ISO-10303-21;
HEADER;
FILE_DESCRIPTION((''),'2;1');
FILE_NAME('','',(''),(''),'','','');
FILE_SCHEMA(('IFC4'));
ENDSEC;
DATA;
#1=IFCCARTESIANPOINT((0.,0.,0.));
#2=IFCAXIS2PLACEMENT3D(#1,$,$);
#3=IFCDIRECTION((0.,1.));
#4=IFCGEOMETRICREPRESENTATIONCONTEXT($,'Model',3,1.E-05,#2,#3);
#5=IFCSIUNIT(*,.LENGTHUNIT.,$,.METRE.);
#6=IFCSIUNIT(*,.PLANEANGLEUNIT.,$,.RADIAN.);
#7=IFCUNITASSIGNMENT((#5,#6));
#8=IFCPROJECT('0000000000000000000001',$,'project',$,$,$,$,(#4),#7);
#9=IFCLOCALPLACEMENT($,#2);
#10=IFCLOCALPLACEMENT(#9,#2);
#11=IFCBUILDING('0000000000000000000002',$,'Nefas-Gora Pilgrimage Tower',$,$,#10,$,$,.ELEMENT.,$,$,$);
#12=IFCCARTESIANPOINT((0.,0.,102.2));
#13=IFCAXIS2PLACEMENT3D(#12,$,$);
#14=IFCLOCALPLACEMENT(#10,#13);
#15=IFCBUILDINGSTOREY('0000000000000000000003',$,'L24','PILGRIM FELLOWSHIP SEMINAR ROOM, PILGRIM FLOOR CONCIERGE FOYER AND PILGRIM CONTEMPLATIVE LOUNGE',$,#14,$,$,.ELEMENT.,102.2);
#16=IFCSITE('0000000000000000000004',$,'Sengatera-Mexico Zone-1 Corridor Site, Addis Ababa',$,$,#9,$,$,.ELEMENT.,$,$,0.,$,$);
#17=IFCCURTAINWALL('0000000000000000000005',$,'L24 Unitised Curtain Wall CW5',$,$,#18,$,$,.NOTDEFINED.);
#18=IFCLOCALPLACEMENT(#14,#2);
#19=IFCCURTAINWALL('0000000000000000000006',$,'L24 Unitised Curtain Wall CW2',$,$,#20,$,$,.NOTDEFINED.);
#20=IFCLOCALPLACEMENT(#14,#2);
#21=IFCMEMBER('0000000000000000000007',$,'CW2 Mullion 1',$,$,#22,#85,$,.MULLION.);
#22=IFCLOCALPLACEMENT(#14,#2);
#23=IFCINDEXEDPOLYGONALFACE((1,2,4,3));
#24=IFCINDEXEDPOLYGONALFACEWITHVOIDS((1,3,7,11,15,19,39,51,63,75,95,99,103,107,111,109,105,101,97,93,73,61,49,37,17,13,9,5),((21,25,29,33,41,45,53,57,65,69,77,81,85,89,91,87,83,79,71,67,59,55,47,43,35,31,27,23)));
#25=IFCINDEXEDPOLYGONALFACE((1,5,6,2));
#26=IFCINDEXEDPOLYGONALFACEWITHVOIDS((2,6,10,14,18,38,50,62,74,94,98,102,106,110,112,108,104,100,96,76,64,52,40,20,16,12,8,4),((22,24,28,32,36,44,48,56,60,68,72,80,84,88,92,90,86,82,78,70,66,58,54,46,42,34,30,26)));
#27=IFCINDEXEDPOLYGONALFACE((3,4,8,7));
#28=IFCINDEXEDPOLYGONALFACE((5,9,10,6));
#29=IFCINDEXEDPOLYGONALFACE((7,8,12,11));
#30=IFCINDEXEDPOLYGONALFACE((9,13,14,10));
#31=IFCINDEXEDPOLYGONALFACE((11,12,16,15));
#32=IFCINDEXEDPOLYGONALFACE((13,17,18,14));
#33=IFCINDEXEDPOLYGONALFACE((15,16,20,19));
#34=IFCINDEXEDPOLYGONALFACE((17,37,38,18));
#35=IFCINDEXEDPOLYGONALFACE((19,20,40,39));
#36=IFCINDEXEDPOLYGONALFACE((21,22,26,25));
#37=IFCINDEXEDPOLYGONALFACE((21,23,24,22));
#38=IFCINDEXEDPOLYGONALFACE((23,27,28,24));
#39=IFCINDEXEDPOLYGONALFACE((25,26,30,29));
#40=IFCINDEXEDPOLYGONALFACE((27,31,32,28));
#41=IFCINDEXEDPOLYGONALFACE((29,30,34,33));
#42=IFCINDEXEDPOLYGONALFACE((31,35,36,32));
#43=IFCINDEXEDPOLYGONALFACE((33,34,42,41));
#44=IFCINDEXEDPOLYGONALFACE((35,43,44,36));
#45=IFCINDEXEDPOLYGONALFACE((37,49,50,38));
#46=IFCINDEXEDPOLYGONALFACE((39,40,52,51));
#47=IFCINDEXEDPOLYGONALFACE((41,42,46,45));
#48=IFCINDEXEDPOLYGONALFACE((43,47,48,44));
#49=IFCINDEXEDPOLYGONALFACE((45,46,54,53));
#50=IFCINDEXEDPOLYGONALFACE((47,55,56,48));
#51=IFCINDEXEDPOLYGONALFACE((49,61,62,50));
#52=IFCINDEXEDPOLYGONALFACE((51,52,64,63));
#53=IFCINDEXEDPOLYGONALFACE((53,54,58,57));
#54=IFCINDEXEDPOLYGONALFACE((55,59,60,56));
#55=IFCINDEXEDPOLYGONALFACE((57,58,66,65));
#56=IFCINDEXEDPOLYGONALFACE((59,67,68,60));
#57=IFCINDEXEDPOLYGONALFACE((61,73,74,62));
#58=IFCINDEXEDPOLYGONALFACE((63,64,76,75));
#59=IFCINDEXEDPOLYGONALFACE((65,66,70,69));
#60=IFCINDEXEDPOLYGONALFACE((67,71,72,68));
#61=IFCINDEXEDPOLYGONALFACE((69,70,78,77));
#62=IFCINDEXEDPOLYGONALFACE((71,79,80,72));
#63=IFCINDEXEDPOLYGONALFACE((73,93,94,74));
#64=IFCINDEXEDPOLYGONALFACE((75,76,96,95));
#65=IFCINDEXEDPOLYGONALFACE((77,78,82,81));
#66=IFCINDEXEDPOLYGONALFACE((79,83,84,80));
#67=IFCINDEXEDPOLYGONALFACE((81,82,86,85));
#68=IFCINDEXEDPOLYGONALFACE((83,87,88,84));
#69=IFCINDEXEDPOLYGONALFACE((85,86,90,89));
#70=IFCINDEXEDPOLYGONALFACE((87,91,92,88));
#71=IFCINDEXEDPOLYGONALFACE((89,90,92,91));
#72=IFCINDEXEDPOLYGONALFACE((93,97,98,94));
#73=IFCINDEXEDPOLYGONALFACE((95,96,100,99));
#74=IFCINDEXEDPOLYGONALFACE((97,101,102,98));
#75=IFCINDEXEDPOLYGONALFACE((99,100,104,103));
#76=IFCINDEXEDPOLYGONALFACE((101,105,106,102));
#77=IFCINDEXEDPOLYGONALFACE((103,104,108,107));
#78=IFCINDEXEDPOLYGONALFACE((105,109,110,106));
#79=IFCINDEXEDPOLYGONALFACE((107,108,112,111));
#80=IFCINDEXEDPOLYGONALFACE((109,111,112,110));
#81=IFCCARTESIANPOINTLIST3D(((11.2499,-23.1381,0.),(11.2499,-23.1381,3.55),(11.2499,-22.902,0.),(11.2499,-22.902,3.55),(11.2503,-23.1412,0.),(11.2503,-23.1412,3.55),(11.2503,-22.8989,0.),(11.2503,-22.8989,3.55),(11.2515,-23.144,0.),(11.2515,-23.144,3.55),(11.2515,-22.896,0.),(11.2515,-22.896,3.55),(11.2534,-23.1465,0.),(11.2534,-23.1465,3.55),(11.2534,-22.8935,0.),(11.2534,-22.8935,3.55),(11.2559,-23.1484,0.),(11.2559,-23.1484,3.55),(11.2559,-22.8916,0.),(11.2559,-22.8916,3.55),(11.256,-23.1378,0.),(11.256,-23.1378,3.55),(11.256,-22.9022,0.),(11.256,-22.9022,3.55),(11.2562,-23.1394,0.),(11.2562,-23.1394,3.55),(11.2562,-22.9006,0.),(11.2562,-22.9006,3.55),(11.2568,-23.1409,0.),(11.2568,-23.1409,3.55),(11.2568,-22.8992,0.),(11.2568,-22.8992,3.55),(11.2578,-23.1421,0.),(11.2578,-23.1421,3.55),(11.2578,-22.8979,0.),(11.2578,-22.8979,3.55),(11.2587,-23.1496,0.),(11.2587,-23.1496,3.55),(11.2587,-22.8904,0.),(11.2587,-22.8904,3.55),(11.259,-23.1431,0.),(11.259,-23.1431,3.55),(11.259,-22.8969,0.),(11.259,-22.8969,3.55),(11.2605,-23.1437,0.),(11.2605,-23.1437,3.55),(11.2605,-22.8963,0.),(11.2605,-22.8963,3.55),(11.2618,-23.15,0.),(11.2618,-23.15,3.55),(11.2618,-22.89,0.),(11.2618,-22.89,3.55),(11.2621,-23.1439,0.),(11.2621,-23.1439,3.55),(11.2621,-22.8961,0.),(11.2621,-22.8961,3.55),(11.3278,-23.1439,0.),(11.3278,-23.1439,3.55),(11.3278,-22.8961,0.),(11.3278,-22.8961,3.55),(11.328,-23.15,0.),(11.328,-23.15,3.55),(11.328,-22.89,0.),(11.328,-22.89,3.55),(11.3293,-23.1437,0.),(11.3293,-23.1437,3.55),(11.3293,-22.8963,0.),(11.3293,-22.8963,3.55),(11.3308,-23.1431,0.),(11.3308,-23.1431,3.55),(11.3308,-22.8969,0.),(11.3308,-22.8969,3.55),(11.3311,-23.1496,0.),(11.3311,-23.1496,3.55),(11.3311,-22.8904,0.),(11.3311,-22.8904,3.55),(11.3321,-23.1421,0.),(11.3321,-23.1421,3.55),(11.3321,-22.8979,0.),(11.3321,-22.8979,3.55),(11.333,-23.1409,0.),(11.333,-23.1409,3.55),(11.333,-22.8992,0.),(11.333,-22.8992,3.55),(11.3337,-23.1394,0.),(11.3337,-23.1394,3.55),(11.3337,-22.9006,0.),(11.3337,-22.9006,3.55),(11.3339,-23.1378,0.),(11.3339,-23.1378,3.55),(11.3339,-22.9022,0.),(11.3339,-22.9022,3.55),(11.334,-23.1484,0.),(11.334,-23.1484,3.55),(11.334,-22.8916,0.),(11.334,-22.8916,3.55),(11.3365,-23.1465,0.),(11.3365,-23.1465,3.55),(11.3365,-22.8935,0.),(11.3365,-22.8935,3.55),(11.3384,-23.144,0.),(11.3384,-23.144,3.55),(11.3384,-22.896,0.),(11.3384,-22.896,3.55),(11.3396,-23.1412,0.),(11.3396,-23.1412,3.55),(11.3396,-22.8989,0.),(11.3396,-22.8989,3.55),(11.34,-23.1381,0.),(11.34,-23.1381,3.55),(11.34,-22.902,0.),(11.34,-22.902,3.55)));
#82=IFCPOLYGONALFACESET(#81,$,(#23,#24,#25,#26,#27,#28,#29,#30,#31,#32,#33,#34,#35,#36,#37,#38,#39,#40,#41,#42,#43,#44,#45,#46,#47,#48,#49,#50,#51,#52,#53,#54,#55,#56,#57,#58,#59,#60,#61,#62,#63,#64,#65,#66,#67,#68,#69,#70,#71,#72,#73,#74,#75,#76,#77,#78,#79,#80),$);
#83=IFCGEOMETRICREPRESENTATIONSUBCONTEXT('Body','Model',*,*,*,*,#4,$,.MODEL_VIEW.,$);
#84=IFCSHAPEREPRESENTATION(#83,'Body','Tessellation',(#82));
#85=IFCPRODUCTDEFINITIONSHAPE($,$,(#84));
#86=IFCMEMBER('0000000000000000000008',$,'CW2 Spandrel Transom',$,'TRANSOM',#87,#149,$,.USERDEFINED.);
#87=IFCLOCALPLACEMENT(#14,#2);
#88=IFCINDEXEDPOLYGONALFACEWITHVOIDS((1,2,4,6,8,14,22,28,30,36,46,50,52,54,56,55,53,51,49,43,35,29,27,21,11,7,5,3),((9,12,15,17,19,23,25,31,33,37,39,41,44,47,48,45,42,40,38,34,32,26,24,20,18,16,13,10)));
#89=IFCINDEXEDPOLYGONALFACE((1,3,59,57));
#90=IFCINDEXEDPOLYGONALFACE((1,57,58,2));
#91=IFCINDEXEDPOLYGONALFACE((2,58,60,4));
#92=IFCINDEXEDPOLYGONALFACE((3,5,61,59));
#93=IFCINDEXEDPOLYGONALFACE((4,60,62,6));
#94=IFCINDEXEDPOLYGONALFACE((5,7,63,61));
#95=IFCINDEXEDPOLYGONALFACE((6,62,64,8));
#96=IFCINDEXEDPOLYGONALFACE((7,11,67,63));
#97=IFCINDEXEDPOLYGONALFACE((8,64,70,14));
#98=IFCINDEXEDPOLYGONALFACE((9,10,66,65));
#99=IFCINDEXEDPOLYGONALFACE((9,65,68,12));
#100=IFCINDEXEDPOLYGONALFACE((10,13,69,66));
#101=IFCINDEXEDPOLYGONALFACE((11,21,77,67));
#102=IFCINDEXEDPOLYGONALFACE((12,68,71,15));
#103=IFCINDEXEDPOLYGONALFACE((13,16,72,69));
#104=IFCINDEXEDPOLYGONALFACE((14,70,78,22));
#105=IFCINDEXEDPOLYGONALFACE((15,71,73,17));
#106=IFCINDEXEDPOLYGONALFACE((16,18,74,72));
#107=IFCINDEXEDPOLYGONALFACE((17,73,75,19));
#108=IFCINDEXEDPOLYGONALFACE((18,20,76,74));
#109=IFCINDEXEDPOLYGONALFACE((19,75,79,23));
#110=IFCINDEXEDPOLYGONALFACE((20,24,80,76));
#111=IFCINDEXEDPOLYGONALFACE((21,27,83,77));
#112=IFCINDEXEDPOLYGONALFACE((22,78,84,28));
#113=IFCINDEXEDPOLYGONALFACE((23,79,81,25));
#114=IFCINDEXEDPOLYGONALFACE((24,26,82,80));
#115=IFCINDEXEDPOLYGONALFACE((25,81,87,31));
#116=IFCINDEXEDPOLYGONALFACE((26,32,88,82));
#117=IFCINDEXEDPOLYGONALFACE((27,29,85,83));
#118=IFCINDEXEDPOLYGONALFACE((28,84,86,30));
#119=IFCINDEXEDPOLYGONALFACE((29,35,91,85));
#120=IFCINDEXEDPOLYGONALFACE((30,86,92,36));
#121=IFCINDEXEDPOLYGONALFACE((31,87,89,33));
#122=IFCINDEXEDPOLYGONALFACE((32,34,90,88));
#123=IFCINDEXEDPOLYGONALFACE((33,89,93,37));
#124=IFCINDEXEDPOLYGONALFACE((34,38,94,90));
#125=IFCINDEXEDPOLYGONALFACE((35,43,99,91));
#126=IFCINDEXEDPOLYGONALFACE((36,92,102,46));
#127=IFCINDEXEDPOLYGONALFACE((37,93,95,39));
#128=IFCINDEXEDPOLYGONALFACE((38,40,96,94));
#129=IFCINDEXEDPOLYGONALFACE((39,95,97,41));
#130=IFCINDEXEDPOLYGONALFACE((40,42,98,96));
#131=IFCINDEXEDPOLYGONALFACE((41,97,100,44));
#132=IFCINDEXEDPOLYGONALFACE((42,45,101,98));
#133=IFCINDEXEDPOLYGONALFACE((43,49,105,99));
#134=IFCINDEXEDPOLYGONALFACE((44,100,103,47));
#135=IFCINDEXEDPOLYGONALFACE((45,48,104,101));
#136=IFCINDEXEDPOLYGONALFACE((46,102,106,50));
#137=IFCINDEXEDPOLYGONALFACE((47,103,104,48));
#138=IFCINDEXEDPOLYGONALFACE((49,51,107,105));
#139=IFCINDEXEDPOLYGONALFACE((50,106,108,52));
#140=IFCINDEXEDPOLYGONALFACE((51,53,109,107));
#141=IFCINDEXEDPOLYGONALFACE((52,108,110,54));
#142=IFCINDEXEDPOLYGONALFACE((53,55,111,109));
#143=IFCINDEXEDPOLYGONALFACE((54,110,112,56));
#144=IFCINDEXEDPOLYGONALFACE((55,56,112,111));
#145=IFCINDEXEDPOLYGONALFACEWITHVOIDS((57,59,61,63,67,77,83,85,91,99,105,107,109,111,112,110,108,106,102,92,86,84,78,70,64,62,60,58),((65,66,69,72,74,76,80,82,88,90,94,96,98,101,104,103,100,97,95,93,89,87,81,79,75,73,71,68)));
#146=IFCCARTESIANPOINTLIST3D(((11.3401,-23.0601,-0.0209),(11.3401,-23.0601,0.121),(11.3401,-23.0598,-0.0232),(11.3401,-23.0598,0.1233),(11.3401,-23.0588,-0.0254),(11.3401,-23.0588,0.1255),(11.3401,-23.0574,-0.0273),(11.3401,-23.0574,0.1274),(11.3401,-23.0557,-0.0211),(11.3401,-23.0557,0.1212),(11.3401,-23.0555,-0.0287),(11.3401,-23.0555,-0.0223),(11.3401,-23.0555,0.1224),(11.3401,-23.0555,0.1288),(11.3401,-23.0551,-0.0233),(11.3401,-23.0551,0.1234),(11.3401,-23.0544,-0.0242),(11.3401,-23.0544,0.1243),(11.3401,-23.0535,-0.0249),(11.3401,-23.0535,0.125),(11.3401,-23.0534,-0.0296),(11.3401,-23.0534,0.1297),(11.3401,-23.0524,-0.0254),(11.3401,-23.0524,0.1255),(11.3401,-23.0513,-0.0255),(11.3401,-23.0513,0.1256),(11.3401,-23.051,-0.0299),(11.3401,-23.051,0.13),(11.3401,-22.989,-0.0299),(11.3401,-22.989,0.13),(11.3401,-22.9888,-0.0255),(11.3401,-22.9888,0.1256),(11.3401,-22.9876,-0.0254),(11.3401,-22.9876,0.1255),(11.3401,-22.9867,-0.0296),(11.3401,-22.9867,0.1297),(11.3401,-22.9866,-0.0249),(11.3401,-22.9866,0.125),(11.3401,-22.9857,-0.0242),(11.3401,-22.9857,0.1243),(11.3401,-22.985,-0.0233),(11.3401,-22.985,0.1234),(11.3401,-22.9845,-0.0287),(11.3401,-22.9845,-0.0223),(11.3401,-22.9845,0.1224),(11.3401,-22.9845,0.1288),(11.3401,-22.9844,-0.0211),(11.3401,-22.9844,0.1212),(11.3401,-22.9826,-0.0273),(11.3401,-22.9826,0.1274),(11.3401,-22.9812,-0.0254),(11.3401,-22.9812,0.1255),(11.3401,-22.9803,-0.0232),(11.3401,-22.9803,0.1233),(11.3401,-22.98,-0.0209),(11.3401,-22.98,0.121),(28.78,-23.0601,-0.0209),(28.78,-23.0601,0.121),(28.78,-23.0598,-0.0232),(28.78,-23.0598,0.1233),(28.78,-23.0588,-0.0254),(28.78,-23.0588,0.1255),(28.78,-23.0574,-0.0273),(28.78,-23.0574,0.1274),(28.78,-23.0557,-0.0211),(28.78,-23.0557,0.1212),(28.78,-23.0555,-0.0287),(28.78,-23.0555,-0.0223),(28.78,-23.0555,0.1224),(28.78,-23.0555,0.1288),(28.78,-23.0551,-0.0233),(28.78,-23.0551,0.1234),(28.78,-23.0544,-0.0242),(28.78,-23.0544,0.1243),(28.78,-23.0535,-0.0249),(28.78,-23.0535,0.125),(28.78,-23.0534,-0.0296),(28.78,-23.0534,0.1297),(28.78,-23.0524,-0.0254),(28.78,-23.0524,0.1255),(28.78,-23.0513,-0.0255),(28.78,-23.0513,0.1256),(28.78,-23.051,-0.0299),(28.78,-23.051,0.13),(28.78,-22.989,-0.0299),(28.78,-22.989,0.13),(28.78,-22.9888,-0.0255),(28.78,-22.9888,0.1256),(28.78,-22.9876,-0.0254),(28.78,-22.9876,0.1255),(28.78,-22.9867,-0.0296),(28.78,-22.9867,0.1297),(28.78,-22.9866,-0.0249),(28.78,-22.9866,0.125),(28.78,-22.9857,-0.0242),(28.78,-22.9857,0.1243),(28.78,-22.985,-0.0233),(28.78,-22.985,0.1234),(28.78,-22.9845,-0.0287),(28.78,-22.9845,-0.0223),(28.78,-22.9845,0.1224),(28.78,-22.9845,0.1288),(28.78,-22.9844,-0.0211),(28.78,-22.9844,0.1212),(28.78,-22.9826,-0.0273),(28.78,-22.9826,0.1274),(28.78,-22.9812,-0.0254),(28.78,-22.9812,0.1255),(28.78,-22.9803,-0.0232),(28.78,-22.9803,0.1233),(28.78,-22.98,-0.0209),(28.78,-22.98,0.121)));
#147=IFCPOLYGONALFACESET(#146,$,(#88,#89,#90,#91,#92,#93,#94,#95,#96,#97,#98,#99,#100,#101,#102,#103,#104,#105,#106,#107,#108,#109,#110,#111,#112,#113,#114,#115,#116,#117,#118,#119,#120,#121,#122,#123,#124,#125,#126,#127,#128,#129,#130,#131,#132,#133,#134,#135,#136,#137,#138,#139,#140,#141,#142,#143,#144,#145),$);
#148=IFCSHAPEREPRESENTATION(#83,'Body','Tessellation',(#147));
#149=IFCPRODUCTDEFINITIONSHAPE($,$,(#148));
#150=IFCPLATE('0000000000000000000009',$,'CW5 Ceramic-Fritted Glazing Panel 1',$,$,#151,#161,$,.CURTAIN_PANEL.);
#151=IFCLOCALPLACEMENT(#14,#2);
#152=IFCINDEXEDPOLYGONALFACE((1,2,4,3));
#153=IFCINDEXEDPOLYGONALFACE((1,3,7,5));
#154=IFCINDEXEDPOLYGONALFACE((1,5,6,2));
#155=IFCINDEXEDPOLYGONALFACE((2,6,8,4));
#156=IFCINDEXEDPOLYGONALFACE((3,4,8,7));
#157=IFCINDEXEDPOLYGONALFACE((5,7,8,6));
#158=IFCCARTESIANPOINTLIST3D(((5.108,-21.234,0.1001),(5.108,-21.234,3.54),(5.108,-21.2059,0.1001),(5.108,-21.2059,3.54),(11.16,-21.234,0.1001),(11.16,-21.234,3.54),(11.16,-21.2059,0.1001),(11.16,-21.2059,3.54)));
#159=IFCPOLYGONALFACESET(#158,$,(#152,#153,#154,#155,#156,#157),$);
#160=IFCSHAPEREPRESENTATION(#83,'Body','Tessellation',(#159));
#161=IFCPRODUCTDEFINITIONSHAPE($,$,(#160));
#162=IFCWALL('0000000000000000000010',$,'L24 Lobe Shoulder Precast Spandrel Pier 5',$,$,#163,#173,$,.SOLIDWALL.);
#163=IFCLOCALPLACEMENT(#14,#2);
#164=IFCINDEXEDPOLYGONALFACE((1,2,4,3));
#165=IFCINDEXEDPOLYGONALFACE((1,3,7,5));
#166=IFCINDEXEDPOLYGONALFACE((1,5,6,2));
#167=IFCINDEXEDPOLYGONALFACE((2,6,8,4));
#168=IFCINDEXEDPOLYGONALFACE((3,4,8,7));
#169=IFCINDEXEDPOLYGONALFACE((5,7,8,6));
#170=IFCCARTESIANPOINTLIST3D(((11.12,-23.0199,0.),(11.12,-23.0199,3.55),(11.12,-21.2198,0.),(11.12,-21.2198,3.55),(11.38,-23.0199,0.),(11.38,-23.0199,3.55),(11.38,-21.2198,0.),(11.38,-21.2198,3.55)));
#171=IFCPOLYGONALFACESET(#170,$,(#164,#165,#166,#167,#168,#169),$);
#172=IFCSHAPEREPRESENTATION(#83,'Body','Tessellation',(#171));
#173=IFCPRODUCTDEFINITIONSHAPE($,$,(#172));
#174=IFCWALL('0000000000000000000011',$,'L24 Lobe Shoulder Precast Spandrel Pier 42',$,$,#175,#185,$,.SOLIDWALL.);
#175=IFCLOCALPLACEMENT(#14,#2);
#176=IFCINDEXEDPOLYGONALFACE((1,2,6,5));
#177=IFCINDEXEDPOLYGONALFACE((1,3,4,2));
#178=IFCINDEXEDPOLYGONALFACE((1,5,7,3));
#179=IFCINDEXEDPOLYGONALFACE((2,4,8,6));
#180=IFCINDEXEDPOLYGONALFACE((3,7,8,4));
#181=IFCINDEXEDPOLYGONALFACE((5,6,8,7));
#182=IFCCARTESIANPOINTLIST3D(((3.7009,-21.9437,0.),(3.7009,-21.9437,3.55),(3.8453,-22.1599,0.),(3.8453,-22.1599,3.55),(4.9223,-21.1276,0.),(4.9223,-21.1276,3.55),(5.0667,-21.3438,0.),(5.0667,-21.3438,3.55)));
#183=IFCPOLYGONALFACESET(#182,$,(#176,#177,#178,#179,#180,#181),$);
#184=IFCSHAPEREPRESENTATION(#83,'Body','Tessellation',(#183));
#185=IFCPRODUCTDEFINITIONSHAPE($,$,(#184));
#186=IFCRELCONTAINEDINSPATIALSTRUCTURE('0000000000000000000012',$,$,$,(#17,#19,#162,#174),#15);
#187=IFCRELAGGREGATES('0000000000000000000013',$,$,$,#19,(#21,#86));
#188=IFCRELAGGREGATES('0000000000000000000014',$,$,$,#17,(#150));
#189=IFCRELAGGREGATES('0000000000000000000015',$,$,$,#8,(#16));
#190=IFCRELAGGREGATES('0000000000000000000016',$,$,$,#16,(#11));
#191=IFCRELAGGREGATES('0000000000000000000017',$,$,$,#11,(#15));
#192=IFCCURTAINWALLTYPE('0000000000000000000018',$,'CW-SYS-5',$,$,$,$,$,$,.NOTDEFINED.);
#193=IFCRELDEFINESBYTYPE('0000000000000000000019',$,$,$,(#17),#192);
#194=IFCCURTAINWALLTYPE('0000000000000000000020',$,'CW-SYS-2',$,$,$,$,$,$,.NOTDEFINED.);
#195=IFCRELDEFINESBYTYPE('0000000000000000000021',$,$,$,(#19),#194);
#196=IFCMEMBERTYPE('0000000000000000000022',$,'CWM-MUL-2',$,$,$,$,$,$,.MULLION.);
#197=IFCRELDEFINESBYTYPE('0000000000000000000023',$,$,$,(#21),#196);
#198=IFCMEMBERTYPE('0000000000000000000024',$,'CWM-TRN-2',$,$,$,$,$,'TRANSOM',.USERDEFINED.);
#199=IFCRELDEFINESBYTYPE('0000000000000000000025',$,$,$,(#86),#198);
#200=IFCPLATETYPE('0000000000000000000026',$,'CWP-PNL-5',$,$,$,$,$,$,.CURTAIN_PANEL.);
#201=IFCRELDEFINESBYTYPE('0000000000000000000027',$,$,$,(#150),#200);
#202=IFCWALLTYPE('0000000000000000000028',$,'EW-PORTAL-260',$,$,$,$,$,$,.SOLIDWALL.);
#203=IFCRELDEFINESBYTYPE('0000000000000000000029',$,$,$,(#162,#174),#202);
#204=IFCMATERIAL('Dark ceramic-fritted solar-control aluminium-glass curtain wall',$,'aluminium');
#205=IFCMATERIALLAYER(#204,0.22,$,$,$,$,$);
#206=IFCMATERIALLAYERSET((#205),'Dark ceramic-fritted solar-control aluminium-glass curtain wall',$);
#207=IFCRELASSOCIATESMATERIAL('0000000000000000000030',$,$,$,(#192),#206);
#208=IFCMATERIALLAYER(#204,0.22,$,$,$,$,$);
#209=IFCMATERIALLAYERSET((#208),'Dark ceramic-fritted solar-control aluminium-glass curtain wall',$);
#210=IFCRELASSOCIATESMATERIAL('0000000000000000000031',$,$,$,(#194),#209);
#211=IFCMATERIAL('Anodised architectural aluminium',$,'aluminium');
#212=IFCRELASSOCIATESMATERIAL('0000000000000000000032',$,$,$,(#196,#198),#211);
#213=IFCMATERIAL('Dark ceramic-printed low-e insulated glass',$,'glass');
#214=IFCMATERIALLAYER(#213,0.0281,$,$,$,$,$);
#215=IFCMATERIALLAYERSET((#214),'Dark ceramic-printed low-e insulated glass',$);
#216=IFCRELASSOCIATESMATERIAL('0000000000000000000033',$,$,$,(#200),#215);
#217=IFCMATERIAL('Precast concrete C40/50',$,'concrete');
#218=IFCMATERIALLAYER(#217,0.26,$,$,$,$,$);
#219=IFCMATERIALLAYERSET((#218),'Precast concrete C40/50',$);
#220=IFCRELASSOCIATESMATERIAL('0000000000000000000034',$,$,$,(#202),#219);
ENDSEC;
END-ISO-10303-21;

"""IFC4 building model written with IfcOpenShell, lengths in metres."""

from ifc_helpers import new_model, si_unit, direction, frame, frame_2d, origin, origin_2d, place, context, subcontext, project, spatial, rectangle, hollow_rectangle, extrude, source, transform, mapped, material, layer, layer_set, material_profile, profile_set, type_object, element, aggregate, save


model = new_model("IFC4")

# Units and contexts
model_context = context("Model", 3, precision=1e-05, world=origin(), true_north=direction((0.0, 1.0)))
body_context = subcontext(model_context, "Body", "Model", "MODEL_VIEW")
ifc_project = project(units=[si_unit("LENGTHUNIT", "METRE"), si_unit("PLANEANGLEUNIT", "RADIAN")], contexts=[model_context])

# Site, building, storey
site_placement = place(None, origin())
site = spatial("IfcSite", under=ifc_project, at=site_placement, Name="Sengatera-Mexico Zone-1 Corridor Site, Addis Ababa", CompositionType="ELEMENT", RefElevation=0.0)
building_placement = place(site_placement, origin())
building = spatial("IfcBuilding", under=site, at=building_placement, Name="Nefas-Gora Pilgrimage Tower", CompositionType="ELEMENT")
storey_placement = place(building_placement, frame((0.0, 0.0, 102.2)))
storey = spatial("IfcBuildingStorey", under=building, at=storey_placement, Name="L24", Description="PILGRIM FELLOWSHIP SEMINAR ROOM, PILGRIM FLOOR CONCIERGE FOYER AND PILGRIM CONTEMPLATIVE LOUNGE", CompositionType="ELEMENT", Elevation=102.2)

# Curtain wall
ifc_material_1 = material(Name="Dark ceramic-fritted solar-control aluminium-glass curtain wall", Category="aluminium")
ifc_layer_1 = layer(ifc_material_1, 0.22)
ifc_layer_set_1 = layer_set([ifc_layer_1], Name="Dark ceramic-fritted solar-control aluminium-glass curtain wall")
curtain_wall_type_1 = type_object("IfcCurtainWallType", Name="CW-SYS-5", PredefinedType="NOTDEFINED", material=ifc_layer_set_1)
curtain_wall_1_placement = place(storey_placement, origin())
curtain_wall_1 = element("IfcCurtainWall", 1, at=curtain_wall_1_placement, inside=storey, type_object=curtain_wall_type_1, Name="L24 Unitised Curtain Wall CW5", PredefinedType="NOTDEFINED")
ifc_material_2 = material(Name="Anodised architectural aluminium", Category="aluminium")

# Curtain wall, members
ifc_layer_2 = layer(ifc_material_1, 0.22)
ifc_layer_set_2 = layer_set([ifc_layer_2], Name="Dark ceramic-fritted solar-control aluminium-glass curtain wall")
curtain_wall_type_2 = type_object("IfcCurtainWallType", Name="CW-SYS-2", PredefinedType="NOTDEFINED", material=ifc_layer_set_2)
curtain_wall_2_placement = place(storey_placement, origin())
curtain_wall_2 = element("IfcCurtainWall", 2, at=curtain_wall_2_placement, inside=storey, type_object=curtain_wall_type_2, Name="L24 Unitised Curtain Wall CW2", PredefinedType="NOTDEFINED")
ifc_material_profile_1 = material_profile(ifc_material_2, hollow_rectangle(XDim=0.0901, YDim=0.26, WallThickness=0.0061, InnerFilletRadius=0.0061, OuterFilletRadius=0.012, at=origin_2d()), Name="ALU MULLION 90x260")
ifc_profile_set_1 = profile_set([ifc_material_profile_1], Name="Anodised architectural aluminium")
member_type_1 = type_object("IfcMemberType", Name="CWM-MUL-2", PredefinedType="MULLION", material=ifc_profile_set_1)
shared_shape_1 = source(origin(), body_context, "Body", "SweptSolid", [
    extrude(hollow_rectangle(XDim=0.0901, YDim=0.26, WallThickness=0.0061, InnerFilletRadius=0.0061, OuterFilletRadius=0.012, at=origin_2d()), origin(), (0.0, 0.0, 1.0), 3.55),
])
member_1_placement = place(storey_placement, frame((11.2949, -23.02, 0.0), z_axis=(0.0, 0.0, 1.0), x_axis=(1.0, 0.0, 0.0)))
member_1 = element("IfcMember", 3, at=member_1_placement, type_object=member_type_1, Name="CW2 Mullion 1", PredefinedType="MULLION", context=body_context, shape_type="MappedRepresentation", body=[
    mapped(shared_shape_1, transform((0.0, 0.0, 0.0), x_axis=(1.0, 0.0, 0.0), y_axis=(0.0, 1.0, 0.0), z_axis=(0.0, 0.0, 1.0), scale=1.0)),
])
ifc_material_profile_2 = material_profile(ifc_material_2, hollow_rectangle(XDim=0.0801, YDim=0.1599, WallThickness=0.0044, InnerFilletRadius=0.0044, OuterFilletRadius=0.009, at=origin_2d()), Name="ALU TRANSOM 80x160")
ifc_profile_set_2 = profile_set([ifc_material_profile_2], Name="Anodised architectural aluminium")
member_type_2 = type_object("IfcMemberType", Name="CWM-TRN-2", ElementType="TRANSOM", PredefinedType="USERDEFINED", material=ifc_profile_set_2)
shared_shape_2 = source(origin(), body_context, "Body", "SweptSolid", [
    extrude(hollow_rectangle(XDim=0.0801, YDim=0.1599, WallThickness=0.0044, InnerFilletRadius=0.0044, OuterFilletRadius=0.009, at=origin_2d()), origin(), (0.0, 0.0, 1.0), 17.4399),
])
member_2_placement = place(storey_placement, frame((11.3401, -23.02, 0.05), z_axis=(1.0, 0.0, 0.0), x_axis=(0.0, 1.0, 0.0)))
member_2 = element("IfcMember", 4, at=member_2_placement, type_object=member_type_2, Name="CW2 Spandrel Transom", ObjectType="TRANSOM", PredefinedType="USERDEFINED", context=body_context, shape_type="MappedRepresentation", body=[
    mapped(shared_shape_2, transform((0.0, 0.0, 0.0), x_axis=(1.0, 0.0, 0.0), y_axis=(0.0, 1.0, 0.0), z_axis=(0.0, 0.0, 1.0), scale=1.0)),
])
aggregate(curtain_wall_2, [member_1, member_2])

# Plate
ifc_material_3 = material(Name="Dark ceramic-printed low-e insulated glass", Category="glass")
ifc_layer_3 = layer(ifc_material_3, 0.0281)
ifc_layer_set_3 = layer_set([ifc_layer_3], Name="Dark ceramic-printed low-e insulated glass")
plate_type = type_object("IfcPlateType", Name="CWP-PNL-5", PredefinedType="CURTAIN_PANEL", material=ifc_layer_set_3)
shared_shape_3 = source(origin(), body_context, "Body", "SweptSolid", [
    extrude(rectangle(XDim=6.052, YDim=0.0281, at=origin_2d()), origin(), (0.0, 0.0, 1.0), 3.4399),
])
plate_placement = place(storey_placement, frame((8.134, -21.22, 0.1001), z_axis=(0.0, 0.0, 1.0), x_axis=(1.0, 0.0, 0.0)))
plate = element("IfcPlate", 5, at=plate_placement, type_object=plate_type, Name="CW5 Ceramic-Fritted Glazing Panel 1", PredefinedType="CURTAIN_PANEL", context=body_context, shape_type="MappedRepresentation", body=[
    mapped(shared_shape_3, transform((0.0, 0.0, 0.0), x_axis=(1.0, 0.0, 0.0), y_axis=(0.0, 1.0, 0.0), z_axis=(0.0, 0.0, 1.0), scale=1.0)),
])
aggregate(curtain_wall_1, [plate])

# Walls
ifc_material_4 = material(Name="Precast concrete C40/50", Category="concrete")
ifc_layer_4 = layer(ifc_material_4, 0.26)
ifc_layer_set_4 = layer_set([ifc_layer_4], Name="Precast concrete C40/50")
wall_type_1 = type_object("IfcWallType", Name="EW-PORTAL-260", PredefinedType="SOLIDWALL", material=ifc_layer_set_4)
shared_shape_4 = source(origin(), body_context, "Body", "SweptSolid", [
    extrude(rectangle(XDim=1.8, YDim=0.26, at=frame_2d((0.8999, 0.0))), origin(), (0.0, 0.0, 1.0), 3.55),
])
wall_1_placement = place(storey_placement, frame((11.25, -21.22, 0.0), z_axis=(0.0, 0.0, 1.0), x_axis=(0.0, -1.0, 0.0)))
element("IfcWall", 6, at=wall_1_placement, inside=storey, type_object=wall_type_1, Name="L24 Lobe Shoulder Precast Spandrel Pier 5", PredefinedType="SOLIDWALL", context=body_context, shape_type="MappedRepresentation", body=[
    mapped(shared_shape_4, transform((0.0, 0.0, 0.0), x_axis=(1.0, 0.0, 0.0), y_axis=(0.0, 1.0, 0.0), z_axis=(0.0, 0.0, 1.0), scale=1.0)),
])
shared_shape_5 = source(origin(), body_context, "Body", "SweptSolid", [
    extrude(rectangle(XDim=1.469, YDim=0.26, at=frame_2d((0.7344, 0.0))), origin(), (0.0, 0.0, 1.0), 3.55),
])
wall_2_placement = place(storey_placement, frame((3.7732, -22.0518, 0.0), z_axis=(0.0, 0.0, 1.0), x_axis=(0.831462, 0.555582, 0.0)))
element("IfcWall", 7, at=wall_2_placement, inside=storey, type_object=wall_type_1, Name="L24 Lobe Shoulder Precast Spandrel Pier 42", PredefinedType="SOLIDWALL", context=body_context, shape_type="MappedRepresentation", body=[
    mapped(shared_shape_5, transform((0.0, 0.0, 0.0), x_axis=(1.0, 0.0, 0.0), y_axis=(0.0, 1.0, 0.0), z_axis=(0.0, 0.0, 1.0), scale=1.0)),
])

save(model, "model.ifc")
